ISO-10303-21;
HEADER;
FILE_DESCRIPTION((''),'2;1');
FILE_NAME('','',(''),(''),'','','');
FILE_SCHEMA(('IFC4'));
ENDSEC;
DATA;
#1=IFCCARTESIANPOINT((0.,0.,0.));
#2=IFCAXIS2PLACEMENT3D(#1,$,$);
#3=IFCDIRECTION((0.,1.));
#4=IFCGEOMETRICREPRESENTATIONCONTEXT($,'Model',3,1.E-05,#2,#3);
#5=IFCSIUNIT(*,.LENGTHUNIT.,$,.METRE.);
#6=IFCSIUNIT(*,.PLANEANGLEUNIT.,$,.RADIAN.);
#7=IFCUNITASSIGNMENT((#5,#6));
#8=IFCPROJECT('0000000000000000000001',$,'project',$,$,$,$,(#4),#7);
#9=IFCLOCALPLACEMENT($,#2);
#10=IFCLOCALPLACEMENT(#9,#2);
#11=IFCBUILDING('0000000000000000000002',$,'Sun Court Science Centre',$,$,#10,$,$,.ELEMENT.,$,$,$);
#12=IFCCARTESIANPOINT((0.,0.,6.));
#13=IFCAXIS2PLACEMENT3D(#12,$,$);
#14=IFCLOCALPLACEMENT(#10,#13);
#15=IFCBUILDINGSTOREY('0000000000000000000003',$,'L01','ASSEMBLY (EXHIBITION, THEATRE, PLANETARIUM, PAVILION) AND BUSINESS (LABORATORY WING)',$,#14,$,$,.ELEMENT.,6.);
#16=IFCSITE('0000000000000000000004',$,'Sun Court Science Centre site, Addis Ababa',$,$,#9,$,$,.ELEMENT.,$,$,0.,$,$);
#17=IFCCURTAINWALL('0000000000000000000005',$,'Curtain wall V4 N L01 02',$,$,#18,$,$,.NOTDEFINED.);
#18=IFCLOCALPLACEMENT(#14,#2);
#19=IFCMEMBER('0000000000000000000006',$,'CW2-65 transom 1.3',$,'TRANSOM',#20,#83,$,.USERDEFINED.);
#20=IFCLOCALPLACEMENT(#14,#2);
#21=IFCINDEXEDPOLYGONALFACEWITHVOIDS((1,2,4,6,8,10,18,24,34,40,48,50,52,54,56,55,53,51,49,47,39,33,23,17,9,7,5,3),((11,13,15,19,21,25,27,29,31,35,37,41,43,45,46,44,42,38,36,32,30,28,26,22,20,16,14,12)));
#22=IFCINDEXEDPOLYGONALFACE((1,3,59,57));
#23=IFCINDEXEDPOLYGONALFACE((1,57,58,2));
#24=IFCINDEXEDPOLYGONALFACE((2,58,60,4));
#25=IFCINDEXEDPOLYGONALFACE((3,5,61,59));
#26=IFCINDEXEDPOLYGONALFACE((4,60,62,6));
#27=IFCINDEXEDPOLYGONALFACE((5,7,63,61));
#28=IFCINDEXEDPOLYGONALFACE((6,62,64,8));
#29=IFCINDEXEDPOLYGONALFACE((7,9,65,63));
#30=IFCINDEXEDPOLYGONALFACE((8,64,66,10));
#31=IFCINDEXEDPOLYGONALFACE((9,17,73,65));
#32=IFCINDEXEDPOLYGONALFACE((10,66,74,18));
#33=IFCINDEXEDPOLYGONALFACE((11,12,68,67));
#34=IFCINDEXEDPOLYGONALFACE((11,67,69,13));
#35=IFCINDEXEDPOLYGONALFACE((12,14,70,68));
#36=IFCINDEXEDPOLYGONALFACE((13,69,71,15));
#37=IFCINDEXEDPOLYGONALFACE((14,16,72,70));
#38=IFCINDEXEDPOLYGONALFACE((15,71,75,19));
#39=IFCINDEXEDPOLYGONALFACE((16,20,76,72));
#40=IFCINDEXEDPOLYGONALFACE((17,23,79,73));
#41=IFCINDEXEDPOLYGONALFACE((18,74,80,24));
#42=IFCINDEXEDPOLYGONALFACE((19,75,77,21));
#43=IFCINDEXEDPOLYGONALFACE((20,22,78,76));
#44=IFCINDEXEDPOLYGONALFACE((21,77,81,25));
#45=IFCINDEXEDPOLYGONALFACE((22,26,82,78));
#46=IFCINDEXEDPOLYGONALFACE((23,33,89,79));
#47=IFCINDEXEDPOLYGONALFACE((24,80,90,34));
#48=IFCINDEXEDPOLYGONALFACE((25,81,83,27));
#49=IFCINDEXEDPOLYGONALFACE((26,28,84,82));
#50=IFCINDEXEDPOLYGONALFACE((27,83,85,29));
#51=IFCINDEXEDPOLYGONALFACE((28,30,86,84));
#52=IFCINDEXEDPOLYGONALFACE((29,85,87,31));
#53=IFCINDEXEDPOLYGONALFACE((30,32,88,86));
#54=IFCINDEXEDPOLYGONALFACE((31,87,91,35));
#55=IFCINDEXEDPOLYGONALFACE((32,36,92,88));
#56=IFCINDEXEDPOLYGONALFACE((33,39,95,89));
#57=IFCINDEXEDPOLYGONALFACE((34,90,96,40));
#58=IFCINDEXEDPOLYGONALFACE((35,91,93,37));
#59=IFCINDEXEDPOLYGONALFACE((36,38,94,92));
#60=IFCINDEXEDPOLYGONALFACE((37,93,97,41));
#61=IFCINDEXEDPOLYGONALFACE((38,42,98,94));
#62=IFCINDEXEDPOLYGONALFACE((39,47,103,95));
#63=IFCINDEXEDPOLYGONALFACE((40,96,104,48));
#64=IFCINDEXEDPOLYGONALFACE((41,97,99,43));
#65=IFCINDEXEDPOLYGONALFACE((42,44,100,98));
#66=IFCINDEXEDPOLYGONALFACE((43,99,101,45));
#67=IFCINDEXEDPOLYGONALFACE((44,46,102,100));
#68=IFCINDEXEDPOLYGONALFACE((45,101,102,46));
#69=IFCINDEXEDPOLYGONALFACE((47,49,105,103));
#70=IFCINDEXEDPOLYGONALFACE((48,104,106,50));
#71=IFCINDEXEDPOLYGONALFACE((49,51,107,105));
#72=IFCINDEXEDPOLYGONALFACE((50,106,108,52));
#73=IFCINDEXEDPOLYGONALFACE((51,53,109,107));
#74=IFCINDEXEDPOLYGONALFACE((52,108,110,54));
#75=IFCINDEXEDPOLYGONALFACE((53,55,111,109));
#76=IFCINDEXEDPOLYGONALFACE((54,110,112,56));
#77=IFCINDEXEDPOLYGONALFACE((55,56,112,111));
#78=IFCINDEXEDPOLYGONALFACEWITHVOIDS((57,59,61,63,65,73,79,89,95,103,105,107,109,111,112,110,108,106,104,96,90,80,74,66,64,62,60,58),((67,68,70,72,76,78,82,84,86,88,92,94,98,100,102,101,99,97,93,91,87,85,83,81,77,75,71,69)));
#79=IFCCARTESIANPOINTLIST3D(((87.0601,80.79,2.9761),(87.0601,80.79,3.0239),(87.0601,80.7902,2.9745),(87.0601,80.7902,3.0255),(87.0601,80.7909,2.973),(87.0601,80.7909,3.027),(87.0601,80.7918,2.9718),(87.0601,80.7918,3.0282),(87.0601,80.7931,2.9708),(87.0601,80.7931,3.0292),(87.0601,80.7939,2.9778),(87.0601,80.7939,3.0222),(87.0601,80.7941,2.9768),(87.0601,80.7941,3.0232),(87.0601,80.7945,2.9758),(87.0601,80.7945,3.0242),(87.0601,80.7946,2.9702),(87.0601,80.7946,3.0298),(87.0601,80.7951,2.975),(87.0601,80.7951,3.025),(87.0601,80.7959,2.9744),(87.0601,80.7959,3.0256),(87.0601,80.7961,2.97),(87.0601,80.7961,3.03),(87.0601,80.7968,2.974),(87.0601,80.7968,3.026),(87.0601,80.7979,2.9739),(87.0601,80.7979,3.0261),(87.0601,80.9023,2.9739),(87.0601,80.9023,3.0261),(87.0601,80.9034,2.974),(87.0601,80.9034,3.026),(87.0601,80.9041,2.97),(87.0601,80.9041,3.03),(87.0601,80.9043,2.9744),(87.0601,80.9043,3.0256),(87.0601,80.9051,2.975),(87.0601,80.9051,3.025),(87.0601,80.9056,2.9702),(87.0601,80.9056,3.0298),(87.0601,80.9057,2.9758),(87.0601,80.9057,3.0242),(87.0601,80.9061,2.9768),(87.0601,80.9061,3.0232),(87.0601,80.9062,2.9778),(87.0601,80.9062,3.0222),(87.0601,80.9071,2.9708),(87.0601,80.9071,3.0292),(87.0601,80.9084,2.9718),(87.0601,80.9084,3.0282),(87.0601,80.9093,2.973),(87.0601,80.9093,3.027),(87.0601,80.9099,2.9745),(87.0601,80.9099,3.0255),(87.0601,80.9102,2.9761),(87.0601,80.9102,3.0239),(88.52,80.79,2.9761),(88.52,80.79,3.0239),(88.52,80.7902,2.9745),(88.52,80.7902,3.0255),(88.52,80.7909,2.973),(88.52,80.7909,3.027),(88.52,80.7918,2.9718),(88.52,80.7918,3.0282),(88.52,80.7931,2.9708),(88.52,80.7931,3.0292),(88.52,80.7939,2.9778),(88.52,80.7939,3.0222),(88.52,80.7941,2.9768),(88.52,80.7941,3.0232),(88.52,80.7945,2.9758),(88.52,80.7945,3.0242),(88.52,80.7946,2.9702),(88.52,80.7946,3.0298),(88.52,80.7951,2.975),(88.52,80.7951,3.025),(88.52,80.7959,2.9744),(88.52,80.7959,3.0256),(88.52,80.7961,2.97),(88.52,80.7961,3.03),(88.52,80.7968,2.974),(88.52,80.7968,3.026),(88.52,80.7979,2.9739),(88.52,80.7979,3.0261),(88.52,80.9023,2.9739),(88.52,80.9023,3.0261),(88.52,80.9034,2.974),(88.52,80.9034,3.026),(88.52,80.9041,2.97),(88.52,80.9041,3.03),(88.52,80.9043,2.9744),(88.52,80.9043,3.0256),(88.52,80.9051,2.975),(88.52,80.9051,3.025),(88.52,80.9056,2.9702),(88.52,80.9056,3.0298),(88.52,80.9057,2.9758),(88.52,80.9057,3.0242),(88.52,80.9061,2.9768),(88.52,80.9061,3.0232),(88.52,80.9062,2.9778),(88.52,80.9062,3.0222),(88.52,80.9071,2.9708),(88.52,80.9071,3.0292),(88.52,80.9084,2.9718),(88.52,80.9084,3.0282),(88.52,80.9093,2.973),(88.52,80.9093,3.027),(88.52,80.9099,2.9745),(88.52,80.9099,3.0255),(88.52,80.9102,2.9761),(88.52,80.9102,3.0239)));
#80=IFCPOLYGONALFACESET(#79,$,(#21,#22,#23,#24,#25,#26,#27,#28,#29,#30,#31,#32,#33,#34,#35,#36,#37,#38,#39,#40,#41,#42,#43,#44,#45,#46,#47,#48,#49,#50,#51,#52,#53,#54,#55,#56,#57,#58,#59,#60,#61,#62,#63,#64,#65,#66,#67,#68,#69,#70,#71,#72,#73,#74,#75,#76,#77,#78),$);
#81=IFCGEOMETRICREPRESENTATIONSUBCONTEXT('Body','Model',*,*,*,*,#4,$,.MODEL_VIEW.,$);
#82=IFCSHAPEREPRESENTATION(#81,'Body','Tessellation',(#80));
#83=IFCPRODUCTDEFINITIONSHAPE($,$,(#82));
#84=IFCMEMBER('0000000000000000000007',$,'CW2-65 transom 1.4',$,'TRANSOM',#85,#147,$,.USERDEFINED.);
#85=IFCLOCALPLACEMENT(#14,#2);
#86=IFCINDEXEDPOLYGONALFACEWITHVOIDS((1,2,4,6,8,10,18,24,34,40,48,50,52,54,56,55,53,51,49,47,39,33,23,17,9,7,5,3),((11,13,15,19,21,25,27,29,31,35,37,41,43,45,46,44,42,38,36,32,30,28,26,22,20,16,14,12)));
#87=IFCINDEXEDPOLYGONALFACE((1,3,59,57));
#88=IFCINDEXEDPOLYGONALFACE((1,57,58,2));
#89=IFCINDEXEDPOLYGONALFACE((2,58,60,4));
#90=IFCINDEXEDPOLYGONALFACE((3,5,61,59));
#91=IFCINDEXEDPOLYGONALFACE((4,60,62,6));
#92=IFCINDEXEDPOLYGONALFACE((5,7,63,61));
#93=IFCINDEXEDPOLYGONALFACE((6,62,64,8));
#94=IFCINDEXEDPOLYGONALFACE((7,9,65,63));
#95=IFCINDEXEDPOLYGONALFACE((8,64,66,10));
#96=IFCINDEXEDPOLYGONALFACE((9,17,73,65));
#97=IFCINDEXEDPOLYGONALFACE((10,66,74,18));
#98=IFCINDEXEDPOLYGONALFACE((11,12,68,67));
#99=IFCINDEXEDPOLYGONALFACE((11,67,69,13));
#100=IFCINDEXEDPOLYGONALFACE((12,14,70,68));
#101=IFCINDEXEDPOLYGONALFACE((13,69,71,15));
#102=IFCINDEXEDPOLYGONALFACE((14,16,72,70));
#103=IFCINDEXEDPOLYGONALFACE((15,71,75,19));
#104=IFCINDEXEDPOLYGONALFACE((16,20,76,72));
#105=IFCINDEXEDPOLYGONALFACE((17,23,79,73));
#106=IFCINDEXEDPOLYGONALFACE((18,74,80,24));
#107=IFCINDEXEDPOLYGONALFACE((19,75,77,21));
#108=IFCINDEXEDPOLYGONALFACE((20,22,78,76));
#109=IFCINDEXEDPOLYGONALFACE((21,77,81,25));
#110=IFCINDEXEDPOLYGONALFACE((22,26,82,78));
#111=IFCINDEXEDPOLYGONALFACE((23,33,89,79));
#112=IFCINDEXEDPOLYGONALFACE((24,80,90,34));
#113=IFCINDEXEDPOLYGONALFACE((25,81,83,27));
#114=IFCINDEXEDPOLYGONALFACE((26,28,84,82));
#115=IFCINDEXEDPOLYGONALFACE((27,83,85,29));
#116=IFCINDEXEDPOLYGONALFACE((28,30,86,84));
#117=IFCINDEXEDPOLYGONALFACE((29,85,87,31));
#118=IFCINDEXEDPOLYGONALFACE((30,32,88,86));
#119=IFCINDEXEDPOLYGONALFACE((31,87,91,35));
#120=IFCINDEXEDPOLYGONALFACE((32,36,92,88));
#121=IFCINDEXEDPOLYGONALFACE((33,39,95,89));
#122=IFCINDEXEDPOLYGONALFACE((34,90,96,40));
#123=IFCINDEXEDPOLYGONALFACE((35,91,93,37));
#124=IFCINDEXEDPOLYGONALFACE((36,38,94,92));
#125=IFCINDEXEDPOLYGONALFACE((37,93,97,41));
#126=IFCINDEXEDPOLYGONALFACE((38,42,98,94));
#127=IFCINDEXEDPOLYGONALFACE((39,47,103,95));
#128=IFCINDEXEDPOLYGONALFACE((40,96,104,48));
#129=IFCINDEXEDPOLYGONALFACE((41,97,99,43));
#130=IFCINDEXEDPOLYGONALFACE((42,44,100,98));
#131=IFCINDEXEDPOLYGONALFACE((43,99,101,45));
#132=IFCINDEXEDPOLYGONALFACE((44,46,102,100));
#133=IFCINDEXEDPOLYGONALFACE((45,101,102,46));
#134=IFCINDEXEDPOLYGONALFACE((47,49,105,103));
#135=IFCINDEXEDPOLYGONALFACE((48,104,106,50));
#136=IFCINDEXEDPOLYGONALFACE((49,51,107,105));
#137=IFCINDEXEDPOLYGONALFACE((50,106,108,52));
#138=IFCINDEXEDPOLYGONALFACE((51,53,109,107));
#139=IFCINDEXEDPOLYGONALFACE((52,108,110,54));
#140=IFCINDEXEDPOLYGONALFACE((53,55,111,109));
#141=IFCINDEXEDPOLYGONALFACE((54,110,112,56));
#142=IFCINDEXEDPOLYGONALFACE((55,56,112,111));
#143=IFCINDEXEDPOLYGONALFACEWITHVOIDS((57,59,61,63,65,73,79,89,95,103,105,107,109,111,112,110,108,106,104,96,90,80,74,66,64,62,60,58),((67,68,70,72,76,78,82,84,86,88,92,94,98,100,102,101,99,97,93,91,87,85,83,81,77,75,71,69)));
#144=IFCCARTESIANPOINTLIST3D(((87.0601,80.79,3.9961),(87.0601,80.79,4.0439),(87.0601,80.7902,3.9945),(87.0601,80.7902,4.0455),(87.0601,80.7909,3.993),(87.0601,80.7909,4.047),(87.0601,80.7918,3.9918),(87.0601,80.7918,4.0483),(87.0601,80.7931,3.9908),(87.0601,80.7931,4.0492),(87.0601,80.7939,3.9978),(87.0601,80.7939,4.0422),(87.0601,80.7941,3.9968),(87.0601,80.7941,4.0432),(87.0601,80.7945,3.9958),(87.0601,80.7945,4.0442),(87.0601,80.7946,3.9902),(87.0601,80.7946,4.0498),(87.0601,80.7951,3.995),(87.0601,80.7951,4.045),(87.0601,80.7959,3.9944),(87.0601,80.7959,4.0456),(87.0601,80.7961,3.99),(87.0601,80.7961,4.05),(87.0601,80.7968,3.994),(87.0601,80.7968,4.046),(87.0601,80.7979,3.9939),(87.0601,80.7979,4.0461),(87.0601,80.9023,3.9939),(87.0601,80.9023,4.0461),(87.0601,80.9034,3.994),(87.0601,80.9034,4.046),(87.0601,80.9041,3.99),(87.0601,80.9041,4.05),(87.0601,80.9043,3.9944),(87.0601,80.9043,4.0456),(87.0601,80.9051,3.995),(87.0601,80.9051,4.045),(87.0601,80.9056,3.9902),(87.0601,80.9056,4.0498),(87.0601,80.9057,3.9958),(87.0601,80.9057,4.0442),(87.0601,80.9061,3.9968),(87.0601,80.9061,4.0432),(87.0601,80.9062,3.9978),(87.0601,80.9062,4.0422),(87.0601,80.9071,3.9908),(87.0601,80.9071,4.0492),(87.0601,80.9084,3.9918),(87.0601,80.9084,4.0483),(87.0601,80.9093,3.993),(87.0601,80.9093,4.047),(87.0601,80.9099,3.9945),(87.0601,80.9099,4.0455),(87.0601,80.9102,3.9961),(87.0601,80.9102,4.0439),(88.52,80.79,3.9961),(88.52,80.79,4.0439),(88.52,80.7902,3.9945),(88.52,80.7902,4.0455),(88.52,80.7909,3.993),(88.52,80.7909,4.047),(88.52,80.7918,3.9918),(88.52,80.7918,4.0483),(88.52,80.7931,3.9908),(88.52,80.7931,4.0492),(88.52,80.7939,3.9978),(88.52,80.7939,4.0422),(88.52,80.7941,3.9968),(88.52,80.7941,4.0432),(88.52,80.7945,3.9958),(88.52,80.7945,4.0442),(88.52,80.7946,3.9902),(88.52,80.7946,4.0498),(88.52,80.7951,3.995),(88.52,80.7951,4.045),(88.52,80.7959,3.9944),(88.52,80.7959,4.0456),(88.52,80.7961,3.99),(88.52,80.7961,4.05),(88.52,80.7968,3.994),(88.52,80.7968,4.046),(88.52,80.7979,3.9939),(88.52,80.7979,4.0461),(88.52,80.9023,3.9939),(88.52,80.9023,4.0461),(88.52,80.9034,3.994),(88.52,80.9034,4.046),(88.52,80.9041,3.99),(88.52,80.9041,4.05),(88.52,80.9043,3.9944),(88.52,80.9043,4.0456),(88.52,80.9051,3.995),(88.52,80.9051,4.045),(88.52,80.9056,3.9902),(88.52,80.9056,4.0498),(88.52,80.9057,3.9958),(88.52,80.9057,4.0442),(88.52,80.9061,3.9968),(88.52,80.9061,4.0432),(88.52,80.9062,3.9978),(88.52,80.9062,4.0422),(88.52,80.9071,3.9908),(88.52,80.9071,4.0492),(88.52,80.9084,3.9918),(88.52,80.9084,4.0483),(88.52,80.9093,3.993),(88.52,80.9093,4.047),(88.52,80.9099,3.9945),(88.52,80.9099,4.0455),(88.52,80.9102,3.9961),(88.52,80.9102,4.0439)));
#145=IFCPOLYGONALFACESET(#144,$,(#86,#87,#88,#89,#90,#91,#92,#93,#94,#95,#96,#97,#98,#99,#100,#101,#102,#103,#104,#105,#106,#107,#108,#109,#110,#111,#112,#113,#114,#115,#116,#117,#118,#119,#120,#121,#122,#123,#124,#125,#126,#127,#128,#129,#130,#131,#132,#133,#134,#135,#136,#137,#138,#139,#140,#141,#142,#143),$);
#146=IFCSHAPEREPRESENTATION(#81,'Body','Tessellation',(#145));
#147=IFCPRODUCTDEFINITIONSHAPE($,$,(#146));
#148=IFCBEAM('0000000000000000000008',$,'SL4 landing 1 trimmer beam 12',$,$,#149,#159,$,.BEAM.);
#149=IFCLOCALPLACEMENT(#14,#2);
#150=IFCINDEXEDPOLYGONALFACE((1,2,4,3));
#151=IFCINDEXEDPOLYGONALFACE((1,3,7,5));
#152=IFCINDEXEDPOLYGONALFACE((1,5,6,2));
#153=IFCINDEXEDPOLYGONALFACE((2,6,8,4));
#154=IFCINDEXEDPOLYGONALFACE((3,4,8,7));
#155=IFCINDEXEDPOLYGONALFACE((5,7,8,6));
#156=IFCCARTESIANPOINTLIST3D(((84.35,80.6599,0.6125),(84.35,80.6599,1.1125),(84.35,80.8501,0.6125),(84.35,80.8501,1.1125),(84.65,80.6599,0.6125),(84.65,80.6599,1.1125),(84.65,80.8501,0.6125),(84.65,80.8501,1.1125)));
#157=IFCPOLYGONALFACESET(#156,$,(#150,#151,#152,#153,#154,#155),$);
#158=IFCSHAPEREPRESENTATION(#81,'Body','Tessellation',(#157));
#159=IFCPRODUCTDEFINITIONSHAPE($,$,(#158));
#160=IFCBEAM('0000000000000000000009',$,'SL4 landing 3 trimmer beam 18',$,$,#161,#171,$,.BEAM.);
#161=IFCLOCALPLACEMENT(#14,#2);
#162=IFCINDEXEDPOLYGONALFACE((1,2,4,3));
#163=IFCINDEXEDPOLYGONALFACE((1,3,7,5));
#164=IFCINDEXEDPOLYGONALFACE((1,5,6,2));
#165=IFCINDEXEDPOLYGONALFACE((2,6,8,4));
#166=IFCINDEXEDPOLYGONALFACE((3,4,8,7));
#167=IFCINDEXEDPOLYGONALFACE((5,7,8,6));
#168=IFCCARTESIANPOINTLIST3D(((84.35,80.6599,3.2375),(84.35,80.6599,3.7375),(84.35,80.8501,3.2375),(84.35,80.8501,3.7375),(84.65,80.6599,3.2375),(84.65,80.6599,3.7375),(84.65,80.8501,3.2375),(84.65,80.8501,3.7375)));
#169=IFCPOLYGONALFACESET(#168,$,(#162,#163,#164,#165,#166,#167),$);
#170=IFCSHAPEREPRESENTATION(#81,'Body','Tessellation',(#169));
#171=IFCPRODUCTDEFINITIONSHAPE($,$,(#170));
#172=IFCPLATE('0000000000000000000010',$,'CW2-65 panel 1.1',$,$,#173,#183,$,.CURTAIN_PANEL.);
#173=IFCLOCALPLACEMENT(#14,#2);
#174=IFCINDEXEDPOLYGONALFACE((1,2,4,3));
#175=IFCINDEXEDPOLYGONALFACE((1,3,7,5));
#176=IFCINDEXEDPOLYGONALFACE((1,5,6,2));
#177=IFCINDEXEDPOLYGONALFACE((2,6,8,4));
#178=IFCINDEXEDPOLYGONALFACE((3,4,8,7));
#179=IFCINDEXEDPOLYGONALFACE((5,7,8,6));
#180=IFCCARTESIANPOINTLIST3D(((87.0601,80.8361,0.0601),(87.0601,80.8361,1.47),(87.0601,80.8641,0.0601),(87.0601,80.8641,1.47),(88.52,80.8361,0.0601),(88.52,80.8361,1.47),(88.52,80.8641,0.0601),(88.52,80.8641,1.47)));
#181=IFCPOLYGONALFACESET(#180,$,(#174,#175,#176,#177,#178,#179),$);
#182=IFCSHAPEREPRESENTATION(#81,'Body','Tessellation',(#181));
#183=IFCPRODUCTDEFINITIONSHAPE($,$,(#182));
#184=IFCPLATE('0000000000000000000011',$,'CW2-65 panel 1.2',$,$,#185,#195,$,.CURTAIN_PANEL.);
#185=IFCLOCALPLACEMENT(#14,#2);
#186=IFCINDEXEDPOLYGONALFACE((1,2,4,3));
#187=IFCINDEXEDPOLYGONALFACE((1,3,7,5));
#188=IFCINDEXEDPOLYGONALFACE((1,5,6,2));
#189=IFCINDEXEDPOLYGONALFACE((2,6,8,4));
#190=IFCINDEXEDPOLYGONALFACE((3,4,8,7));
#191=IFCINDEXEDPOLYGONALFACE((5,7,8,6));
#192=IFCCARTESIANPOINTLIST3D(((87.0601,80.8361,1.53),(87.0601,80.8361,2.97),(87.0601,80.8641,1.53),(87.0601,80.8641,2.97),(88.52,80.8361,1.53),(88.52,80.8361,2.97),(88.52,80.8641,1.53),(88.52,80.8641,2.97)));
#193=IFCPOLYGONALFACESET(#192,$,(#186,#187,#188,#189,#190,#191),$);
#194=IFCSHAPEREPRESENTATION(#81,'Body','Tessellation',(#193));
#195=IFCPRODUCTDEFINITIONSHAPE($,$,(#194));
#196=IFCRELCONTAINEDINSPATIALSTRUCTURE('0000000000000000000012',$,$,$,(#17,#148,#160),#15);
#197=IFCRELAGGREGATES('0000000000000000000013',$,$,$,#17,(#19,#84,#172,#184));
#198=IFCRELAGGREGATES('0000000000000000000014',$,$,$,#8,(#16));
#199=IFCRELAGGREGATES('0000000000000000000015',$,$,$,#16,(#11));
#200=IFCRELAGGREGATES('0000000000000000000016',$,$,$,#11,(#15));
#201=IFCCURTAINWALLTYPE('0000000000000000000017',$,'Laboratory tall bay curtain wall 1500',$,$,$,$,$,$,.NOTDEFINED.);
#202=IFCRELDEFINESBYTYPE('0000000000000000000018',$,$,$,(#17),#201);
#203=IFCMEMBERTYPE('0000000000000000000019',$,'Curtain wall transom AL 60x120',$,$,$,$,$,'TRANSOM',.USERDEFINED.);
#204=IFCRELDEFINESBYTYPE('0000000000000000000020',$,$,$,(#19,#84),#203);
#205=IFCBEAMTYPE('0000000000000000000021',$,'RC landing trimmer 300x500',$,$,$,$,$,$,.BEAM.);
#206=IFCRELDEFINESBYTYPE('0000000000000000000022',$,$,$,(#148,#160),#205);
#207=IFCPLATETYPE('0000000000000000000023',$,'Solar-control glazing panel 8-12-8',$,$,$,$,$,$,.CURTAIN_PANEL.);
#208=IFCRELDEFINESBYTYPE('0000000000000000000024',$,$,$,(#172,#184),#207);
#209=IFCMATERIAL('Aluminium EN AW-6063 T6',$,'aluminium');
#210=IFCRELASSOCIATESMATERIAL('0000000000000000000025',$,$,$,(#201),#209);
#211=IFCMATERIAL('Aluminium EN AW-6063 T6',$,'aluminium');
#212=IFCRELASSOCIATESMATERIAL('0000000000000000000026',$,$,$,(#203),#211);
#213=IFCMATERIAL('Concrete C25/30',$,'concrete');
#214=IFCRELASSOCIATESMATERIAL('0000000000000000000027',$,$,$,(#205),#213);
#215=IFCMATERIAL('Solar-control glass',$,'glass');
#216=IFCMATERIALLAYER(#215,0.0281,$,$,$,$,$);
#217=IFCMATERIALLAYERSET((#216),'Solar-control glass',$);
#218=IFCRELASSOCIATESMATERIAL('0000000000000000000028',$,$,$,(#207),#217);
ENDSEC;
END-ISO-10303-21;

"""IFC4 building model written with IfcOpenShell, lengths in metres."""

from ifc_helpers import new_model, si_unit, direction, frame, origin, origin_2d, place, context, subcontext, project, spatial, rectangle, hollow_rectangle, extrude, material, layer, layer_set, material_profile, profile_set, type_object, element, aggregate, save


model = new_model("IFC4")

# Units and contexts
model_context = context("Model", 3, precision=1e-05, world=origin(), true_north=direction((0.0, 1.0)))
body_context = subcontext(model_context, "Body", "Model", "MODEL_VIEW")
ifc_project = project(units=[si_unit("LENGTHUNIT", "METRE"), si_unit("PLANEANGLEUNIT", "RADIAN")], contexts=[model_context])

# Site, building, storey
site_placement = place(None, origin())
site = spatial("IfcSite", under=ifc_project, at=site_placement, Name="Sun Court Science Centre site, Addis Ababa", CompositionType="ELEMENT", RefElevation=0.0)
building_placement = place(site_placement, origin())
building = spatial("IfcBuilding", under=site, at=building_placement, Name="Sun Court Science Centre", CompositionType="ELEMENT")
storey_placement = place(building_placement, frame((0.0, 0.0, 6.0)))
storey = spatial("IfcBuildingStorey", under=building, at=storey_placement, Name="L01", Description="ASSEMBLY (EXHIBITION, THEATRE, PLANETARIUM, PAVILION) AND BUSINESS (LABORATORY WING)", CompositionType="ELEMENT", Elevation=6.0)

# Curtain wall, members
ifc_material_1 = material(Name="Aluminium EN AW-6063 T6", Category="aluminium")
curtain_wall_type = type_object("IfcCurtainWallType", Name="Laboratory tall bay curtain wall 1500", PredefinedType="NOTDEFINED", material=ifc_material_1)
curtain_wall_placement = place(storey_placement, origin())
curtain_wall = element("IfcCurtainWall", 1, at=curtain_wall_placement, inside=storey, type_object=curtain_wall_type, Name="Curtain wall V4 N L01 02", PredefinedType="NOTDEFINED")
ifc_material_2 = material(Name="Aluminium EN AW-6063 T6", Category="aluminium")
ifc_material_profile_1 = material_profile(ifc_material_2, hollow_rectangle(XDim=0.0601, YDim=0.1201, WallThickness=0.0039, InnerFilletRadius=0.0039, OuterFilletRadius=0.0061, at=origin_2d()), Name="AL 60x120x4")
ifc_profile_set_1 = profile_set([ifc_material_profile_1], Name="Aluminium EN AW-6063 T6")
member_type_1 = type_object("IfcMemberType", Name="Curtain wall transom AL 60x120", ElementType="TRANSOM", PredefinedType="USERDEFINED", material=ifc_profile_set_1)
member_1_placement = place(storey_placement, frame((87.0601, 80.8501, 3.0), z_axis=(1.0, 0.0, 0.0), x_axis=(0.0, 0.0, 1.0)))
member_1 = element("IfcMember", 2, at=member_1_placement, type_object=member_type_1, Name="CW2-65 transom 1.3", ObjectType="TRANSOM", PredefinedType="USERDEFINED", context=body_context, shape_type="SweptSolid", body=[
    extrude(hollow_rectangle(XDim=0.0601, YDim=0.1201, WallThickness=0.0039, InnerFilletRadius=0.0039, OuterFilletRadius=0.0061, at=origin_2d()), origin(), (0.0, 0.0, 1.0), 1.46),
])
member_2_placement = place(storey_placement, frame((87.0601, 80.8501, 4.02), z_axis=(1.0, 0.0, 0.0), x_axis=(0.0, 0.0, 1.0)))
member_2 = element("IfcMember", 3, at=member_2_placement, type_object=member_type_1, Name="CW2-65 transom 1.4", ObjectType="TRANSOM", PredefinedType="USERDEFINED", context=body_context, shape_type="SweptSolid", body=[
    extrude(hollow_rectangle(XDim=0.0601, YDim=0.1201, WallThickness=0.0039, InnerFilletRadius=0.0039, OuterFilletRadius=0.0061, at=origin_2d()), origin(), (0.0, 0.0, 1.0), 1.46),
])

# Beams
ifc_material_3 = material(Name="Concrete C25/30", Category="concrete")
ifc_material_profile_2 = material_profile(ifc_material_3, rectangle(XDim=0.3, YDim=0.5, at=origin_2d()), Name="RC 300x500")
ifc_profile_set_2 = profile_set([ifc_material_profile_2], Name="Concrete C25/30")
beam_type = type_object("IfcBeamType", Name="RC landing trimmer 300x500", PredefinedType="BEAM", material=ifc_profile_set_2)
for number, where, z_axis, x_axis, name in (
    (4, (84.5, 80.8501, 0.8625), (0.0, -1.0, 0.0), (1.0, 0.0, 0.0), "SL4 landing 1 trimmer beam 12"),
    (5, (84.5, 80.8501, 3.4875), (0.0, -1.0, 0.0), (1.0, 0.0, 0.0), "SL4 landing 3 trimmer beam 18"),
):
    element("IfcBeam", number, at=place(storey_placement, frame(where, z_axis=z_axis, x_axis=x_axis)), inside=storey, type_object=beam_type, Name=name, PredefinedType="BEAM", context=body_context, shape_type="SweptSolid", body=[
        extrude(rectangle(XDim=0.3, YDim=0.5, at=origin_2d()), origin(), (0.0, 0.0, 1.0), 0.1902),
    ])

# Plates
ifc_material_4 = material(Name="Solar-control glass", Category="glass")
ifc_layer_1 = layer(ifc_material_4, 0.0281)
ifc_layer_set_1 = layer_set([ifc_layer_1], Name="Solar-control glass")
plate_type = type_object("IfcPlateType", Name="Solar-control glazing panel 8-12-8", PredefinedType="CURTAIN_PANEL", material=ifc_layer_set_1)
plate_1_placement = place(storey_placement, frame((87.79, 80.8501, 0.0601), z_axis=(0.0, 0.0, 1.0), x_axis=(1.0, 0.0, 0.0)))
plate_1 = element("IfcPlate", 6, at=plate_1_placement, type_object=plate_type, Name="CW2-65 panel 1.1", PredefinedType="CURTAIN_PANEL", context=body_context, shape_type="SweptSolid", body=[
    extrude(rectangle(XDim=1.46, YDim=0.0281, at=origin_2d()), origin(), (0.0, 0.0, 1.0), 1.4099),
])
plate_2_placement = place(storey_placement, frame((87.79, 80.8501, 1.53), z_axis=(0.0, 0.0, 1.0), x_axis=(1.0, 0.0, 0.0)))
plate_2 = element("IfcPlate", 7, at=plate_2_placement, type_object=plate_type, Name="CW2-65 panel 1.2", PredefinedType="CURTAIN_PANEL", context=body_context, shape_type="SweptSolid", body=[
    extrude(rectangle(XDim=1.46, YDim=0.0281, at=origin_2d()), origin(), (0.0, 0.0, 1.0), 1.4399),
])
aggregate(curtain_wall, [member_1, member_2, plate_1, plate_2])

save(model, "model.ifc")
